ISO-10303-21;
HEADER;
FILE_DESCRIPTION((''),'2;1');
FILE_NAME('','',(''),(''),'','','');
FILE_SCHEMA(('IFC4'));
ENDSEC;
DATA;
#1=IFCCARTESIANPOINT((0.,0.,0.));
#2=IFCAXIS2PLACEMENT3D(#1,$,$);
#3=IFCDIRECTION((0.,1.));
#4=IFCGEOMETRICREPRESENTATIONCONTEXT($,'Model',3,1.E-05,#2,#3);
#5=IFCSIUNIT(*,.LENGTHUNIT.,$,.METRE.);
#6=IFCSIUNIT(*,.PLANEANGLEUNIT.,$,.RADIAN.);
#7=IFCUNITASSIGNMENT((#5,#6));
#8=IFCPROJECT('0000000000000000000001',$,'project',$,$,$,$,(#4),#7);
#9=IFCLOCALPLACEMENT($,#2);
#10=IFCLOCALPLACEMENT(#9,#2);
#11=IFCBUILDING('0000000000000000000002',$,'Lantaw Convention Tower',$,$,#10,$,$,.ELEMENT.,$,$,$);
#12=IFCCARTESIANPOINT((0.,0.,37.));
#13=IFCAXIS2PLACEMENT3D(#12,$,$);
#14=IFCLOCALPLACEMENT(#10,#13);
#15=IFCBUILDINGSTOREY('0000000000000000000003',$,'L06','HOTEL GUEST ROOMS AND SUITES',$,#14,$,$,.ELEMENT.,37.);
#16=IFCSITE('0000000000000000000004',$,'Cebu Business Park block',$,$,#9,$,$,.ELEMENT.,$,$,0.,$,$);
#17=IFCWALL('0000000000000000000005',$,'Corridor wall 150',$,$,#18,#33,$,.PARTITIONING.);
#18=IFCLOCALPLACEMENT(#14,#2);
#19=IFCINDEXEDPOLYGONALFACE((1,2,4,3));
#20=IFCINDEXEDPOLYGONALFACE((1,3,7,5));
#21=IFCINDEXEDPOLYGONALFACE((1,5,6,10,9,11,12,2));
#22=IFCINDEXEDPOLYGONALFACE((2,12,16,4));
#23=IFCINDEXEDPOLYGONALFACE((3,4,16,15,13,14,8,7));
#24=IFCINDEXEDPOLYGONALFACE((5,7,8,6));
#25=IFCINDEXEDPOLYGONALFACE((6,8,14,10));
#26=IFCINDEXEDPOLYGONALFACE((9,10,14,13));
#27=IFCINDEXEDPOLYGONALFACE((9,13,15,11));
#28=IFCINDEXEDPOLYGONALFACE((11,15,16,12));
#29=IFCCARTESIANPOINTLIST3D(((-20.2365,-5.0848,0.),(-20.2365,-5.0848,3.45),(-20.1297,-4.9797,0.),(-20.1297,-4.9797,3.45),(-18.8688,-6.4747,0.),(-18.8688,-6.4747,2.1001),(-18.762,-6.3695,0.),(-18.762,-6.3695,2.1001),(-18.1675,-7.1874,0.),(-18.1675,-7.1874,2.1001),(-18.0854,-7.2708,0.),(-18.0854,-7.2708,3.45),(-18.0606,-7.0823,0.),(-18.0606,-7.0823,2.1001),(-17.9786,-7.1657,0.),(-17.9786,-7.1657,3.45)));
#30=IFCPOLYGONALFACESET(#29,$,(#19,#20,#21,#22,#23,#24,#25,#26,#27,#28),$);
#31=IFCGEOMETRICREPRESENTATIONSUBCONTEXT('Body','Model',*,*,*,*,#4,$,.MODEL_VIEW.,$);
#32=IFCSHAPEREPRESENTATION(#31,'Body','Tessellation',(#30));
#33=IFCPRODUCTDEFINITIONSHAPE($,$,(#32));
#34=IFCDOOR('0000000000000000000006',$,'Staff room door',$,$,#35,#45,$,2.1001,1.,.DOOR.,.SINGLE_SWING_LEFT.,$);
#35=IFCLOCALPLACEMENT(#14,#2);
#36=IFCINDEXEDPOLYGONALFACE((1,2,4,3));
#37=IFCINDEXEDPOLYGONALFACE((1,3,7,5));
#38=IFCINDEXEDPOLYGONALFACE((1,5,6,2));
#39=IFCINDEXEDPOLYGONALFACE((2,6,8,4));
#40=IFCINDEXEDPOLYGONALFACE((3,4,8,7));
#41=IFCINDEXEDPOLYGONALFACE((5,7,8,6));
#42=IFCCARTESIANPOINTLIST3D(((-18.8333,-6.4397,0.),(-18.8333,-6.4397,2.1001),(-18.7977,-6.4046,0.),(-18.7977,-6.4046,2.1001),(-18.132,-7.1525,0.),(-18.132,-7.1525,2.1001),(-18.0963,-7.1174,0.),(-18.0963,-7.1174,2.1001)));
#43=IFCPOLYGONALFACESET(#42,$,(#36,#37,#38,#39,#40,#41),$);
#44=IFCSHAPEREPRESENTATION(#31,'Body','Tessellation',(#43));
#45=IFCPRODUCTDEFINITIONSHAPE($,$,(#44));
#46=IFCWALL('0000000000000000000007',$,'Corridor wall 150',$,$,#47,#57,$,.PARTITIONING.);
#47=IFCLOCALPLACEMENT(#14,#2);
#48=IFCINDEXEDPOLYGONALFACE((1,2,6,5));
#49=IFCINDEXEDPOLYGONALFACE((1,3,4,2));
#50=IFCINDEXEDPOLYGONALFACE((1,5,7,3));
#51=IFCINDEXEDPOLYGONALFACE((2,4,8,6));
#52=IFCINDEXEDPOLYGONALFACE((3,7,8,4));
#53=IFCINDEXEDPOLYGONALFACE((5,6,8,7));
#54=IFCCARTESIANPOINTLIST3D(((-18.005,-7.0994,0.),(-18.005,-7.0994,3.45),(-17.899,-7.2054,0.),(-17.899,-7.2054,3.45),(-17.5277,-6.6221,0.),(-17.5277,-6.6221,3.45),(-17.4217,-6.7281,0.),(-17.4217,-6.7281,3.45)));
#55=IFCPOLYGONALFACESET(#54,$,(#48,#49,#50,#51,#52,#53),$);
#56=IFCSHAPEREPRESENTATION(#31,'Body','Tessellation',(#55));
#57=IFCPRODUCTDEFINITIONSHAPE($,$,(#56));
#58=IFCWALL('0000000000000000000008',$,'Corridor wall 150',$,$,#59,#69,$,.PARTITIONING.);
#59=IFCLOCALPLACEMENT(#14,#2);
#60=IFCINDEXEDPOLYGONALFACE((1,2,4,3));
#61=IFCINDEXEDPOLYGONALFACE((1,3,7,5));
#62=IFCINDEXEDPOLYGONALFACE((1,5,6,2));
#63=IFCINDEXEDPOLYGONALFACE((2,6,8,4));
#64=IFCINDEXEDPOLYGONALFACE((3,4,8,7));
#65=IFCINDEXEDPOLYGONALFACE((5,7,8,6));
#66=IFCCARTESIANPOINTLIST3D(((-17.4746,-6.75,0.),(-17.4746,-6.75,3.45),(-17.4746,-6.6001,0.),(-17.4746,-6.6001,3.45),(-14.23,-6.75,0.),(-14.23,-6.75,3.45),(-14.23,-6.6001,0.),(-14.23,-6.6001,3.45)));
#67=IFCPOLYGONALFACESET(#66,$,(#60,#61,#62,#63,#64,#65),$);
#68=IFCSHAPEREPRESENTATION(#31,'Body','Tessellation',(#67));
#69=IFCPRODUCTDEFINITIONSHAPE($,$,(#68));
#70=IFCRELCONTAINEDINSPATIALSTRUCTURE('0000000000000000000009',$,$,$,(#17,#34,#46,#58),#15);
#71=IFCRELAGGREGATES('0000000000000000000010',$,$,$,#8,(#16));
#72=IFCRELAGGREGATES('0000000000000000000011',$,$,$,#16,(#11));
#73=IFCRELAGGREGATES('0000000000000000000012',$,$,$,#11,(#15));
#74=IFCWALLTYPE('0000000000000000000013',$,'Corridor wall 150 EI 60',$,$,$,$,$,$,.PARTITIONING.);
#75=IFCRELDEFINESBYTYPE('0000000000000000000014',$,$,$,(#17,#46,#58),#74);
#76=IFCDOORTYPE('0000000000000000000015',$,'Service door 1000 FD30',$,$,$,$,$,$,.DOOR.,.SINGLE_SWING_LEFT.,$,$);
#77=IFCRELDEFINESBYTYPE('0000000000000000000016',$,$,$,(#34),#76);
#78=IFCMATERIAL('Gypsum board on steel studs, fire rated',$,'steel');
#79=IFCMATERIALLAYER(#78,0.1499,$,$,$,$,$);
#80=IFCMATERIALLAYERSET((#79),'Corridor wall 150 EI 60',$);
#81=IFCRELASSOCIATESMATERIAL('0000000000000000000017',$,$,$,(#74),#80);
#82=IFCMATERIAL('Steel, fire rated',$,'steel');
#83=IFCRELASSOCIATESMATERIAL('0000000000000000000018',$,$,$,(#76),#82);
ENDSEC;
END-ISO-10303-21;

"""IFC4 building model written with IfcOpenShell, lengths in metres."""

from ifc_helpers import new_model, si_unit, direction, frame, frame_2d, origin, place, context, subcontext, project, spatial, rectangle, extrude, material, layer, layer_set, type_object, element, fill, save


model = new_model("IFC4")

# Units and contexts
model_context = context("Model", 3, precision=1e-05, world=origin(), true_north=direction((0.0, 1.0)))
body_context = subcontext(model_context, "Body", "Model", "MODEL_VIEW")
ifc_project = project(units=[si_unit("LENGTHUNIT", "METRE"), si_unit("PLANEANGLEUNIT", "RADIAN")], contexts=[model_context])

# Site, building, storey
site_placement = place(None, origin())
site = spatial("IfcSite", under=ifc_project, at=site_placement, Name="Cebu Business Park block", CompositionType="ELEMENT", RefElevation=0.0)
building_placement = place(site_placement, origin())
building = spatial("IfcBuilding", under=site, at=building_placement, Name="Lantaw Convention Tower", CompositionType="ELEMENT")
storey_placement = place(building_placement, frame((0.0, 0.0, 37.0)))
storey = spatial("IfcBuildingStorey", under=building, at=storey_placement, Name="L06", Description="HOTEL GUEST ROOMS AND SUITES", CompositionType="ELEMENT", Elevation=37.0)

# Shared definitions
ifc_material_1 = material(Name="Gypsum board on steel studs, fire rated", Category="steel")
ifc_layer = layer(ifc_material_1, 0.1499)
ifc_layer_set = layer_set([ifc_layer], Name="Corridor wall 150 EI 60")
wall_type = type_object("IfcWallType", Name="Corridor wall 150 EI 60", PredefinedType="PARTITIONING", material=ifc_layer_set)

# Wall, opening, door
wall_1_placement = place(storey_placement, frame((-20.1831, -5.0322, 0.0), z_axis=(0.0, 0.0, 1.0), x_axis=(0.701392, -0.712776, 0.0)))
wall_1 = element("IfcWall", 1, at=wall_1_placement, inside=storey, type_object=wall_type, Name="Corridor wall 150", PredefinedType="PARTITIONING", context=body_context, shape_type="SweptSolid", body=[
    extrude(rectangle(XDim=3.0669, YDim=0.1499, at=frame_2d((1.5334, 0.0))), origin(), (0.0, 0.0, 1.0), 3.45),
])
opening_placement = place(wall_1_placement, frame((1.95, 0.0, 0.0)))
opening = element("IfcOpeningElement", 2, at=opening_placement, cuts=wall_1, PredefinedType="OPENING", context=body_context, shape_type="SweptSolid", body=[
    extrude(rectangle(XDim=1.0, YDim=2.1001, at=frame_2d((0.5, 1.05))), frame((0.0, 0.085, 0.0), z_axis=(0.0, -1.0, 0.0), x_axis=(1.0, 0.0, 0.0)), (0.0, 0.0, 1.0), 0.1699),
])
ifc_material_2 = material(Name="Steel, fire rated", Category="steel")
door_type = type_object("IfcDoorType", Name="Service door 1000 FD30", OperationType="SINGLE_SWING_LEFT", PredefinedType="DOOR", material=ifc_material_2)
door_placement = place(opening_placement, origin())
door = element("IfcDoor", 3, at=door_placement, inside=storey, type_object=door_type, Name="Staff room door", OperationType="SINGLE_SWING_LEFT", OverallHeight=2.1001, OverallWidth=1.0, PredefinedType="DOOR", context=body_context, shape_type="SweptSolid", body=[
    extrude(rectangle(XDim=1.0, YDim=2.1001, at=frame_2d((0.5, 1.05))), frame((0.0, 0.0249, 0.0), z_axis=(0.0, -1.0, 0.0), x_axis=(1.0, 0.0, 0.0)), (0.0, 0.0, 1.0), 0.05),
])
fill(opening, door)

# Walls
wall_2_placement = place(storey_placement, frame((-17.9519, -7.1523, 0.0), z_axis=(0.0, 0.0, 1.0), x_axis=(0.707107, 0.707107, 0.0)))
element("IfcWall", 4, at=wall_2_placement, inside=storey, type_object=wall_type, Name="Corridor wall 150", PredefinedType="PARTITIONING", context=body_context, shape_type="SweptSolid", body=[
    extrude(rectangle(XDim=0.675, YDim=0.1499, at=frame_2d((0.3374, 0.0))), origin(), (0.0, 0.0, 1.0), 3.45),
])
wall_3_placement = place(storey_placement, frame((-17.4746, -6.675, 0.0), z_axis=(0.0, 0.0, 1.0), x_axis=(1.0, 0.0, 0.0)))
element("IfcWall", 5, at=wall_3_placement, inside=storey, type_object=wall_type, Name="Corridor wall 150", PredefinedType="PARTITIONING", context=body_context, shape_type="SweptSolid", body=[
    extrude(rectangle(XDim=3.2446, YDim=0.1499, at=frame_2d((1.6223, 0.0))), origin(), (0.0, 0.0, 1.0), 3.45),
])

save(model, "model.ifc")
